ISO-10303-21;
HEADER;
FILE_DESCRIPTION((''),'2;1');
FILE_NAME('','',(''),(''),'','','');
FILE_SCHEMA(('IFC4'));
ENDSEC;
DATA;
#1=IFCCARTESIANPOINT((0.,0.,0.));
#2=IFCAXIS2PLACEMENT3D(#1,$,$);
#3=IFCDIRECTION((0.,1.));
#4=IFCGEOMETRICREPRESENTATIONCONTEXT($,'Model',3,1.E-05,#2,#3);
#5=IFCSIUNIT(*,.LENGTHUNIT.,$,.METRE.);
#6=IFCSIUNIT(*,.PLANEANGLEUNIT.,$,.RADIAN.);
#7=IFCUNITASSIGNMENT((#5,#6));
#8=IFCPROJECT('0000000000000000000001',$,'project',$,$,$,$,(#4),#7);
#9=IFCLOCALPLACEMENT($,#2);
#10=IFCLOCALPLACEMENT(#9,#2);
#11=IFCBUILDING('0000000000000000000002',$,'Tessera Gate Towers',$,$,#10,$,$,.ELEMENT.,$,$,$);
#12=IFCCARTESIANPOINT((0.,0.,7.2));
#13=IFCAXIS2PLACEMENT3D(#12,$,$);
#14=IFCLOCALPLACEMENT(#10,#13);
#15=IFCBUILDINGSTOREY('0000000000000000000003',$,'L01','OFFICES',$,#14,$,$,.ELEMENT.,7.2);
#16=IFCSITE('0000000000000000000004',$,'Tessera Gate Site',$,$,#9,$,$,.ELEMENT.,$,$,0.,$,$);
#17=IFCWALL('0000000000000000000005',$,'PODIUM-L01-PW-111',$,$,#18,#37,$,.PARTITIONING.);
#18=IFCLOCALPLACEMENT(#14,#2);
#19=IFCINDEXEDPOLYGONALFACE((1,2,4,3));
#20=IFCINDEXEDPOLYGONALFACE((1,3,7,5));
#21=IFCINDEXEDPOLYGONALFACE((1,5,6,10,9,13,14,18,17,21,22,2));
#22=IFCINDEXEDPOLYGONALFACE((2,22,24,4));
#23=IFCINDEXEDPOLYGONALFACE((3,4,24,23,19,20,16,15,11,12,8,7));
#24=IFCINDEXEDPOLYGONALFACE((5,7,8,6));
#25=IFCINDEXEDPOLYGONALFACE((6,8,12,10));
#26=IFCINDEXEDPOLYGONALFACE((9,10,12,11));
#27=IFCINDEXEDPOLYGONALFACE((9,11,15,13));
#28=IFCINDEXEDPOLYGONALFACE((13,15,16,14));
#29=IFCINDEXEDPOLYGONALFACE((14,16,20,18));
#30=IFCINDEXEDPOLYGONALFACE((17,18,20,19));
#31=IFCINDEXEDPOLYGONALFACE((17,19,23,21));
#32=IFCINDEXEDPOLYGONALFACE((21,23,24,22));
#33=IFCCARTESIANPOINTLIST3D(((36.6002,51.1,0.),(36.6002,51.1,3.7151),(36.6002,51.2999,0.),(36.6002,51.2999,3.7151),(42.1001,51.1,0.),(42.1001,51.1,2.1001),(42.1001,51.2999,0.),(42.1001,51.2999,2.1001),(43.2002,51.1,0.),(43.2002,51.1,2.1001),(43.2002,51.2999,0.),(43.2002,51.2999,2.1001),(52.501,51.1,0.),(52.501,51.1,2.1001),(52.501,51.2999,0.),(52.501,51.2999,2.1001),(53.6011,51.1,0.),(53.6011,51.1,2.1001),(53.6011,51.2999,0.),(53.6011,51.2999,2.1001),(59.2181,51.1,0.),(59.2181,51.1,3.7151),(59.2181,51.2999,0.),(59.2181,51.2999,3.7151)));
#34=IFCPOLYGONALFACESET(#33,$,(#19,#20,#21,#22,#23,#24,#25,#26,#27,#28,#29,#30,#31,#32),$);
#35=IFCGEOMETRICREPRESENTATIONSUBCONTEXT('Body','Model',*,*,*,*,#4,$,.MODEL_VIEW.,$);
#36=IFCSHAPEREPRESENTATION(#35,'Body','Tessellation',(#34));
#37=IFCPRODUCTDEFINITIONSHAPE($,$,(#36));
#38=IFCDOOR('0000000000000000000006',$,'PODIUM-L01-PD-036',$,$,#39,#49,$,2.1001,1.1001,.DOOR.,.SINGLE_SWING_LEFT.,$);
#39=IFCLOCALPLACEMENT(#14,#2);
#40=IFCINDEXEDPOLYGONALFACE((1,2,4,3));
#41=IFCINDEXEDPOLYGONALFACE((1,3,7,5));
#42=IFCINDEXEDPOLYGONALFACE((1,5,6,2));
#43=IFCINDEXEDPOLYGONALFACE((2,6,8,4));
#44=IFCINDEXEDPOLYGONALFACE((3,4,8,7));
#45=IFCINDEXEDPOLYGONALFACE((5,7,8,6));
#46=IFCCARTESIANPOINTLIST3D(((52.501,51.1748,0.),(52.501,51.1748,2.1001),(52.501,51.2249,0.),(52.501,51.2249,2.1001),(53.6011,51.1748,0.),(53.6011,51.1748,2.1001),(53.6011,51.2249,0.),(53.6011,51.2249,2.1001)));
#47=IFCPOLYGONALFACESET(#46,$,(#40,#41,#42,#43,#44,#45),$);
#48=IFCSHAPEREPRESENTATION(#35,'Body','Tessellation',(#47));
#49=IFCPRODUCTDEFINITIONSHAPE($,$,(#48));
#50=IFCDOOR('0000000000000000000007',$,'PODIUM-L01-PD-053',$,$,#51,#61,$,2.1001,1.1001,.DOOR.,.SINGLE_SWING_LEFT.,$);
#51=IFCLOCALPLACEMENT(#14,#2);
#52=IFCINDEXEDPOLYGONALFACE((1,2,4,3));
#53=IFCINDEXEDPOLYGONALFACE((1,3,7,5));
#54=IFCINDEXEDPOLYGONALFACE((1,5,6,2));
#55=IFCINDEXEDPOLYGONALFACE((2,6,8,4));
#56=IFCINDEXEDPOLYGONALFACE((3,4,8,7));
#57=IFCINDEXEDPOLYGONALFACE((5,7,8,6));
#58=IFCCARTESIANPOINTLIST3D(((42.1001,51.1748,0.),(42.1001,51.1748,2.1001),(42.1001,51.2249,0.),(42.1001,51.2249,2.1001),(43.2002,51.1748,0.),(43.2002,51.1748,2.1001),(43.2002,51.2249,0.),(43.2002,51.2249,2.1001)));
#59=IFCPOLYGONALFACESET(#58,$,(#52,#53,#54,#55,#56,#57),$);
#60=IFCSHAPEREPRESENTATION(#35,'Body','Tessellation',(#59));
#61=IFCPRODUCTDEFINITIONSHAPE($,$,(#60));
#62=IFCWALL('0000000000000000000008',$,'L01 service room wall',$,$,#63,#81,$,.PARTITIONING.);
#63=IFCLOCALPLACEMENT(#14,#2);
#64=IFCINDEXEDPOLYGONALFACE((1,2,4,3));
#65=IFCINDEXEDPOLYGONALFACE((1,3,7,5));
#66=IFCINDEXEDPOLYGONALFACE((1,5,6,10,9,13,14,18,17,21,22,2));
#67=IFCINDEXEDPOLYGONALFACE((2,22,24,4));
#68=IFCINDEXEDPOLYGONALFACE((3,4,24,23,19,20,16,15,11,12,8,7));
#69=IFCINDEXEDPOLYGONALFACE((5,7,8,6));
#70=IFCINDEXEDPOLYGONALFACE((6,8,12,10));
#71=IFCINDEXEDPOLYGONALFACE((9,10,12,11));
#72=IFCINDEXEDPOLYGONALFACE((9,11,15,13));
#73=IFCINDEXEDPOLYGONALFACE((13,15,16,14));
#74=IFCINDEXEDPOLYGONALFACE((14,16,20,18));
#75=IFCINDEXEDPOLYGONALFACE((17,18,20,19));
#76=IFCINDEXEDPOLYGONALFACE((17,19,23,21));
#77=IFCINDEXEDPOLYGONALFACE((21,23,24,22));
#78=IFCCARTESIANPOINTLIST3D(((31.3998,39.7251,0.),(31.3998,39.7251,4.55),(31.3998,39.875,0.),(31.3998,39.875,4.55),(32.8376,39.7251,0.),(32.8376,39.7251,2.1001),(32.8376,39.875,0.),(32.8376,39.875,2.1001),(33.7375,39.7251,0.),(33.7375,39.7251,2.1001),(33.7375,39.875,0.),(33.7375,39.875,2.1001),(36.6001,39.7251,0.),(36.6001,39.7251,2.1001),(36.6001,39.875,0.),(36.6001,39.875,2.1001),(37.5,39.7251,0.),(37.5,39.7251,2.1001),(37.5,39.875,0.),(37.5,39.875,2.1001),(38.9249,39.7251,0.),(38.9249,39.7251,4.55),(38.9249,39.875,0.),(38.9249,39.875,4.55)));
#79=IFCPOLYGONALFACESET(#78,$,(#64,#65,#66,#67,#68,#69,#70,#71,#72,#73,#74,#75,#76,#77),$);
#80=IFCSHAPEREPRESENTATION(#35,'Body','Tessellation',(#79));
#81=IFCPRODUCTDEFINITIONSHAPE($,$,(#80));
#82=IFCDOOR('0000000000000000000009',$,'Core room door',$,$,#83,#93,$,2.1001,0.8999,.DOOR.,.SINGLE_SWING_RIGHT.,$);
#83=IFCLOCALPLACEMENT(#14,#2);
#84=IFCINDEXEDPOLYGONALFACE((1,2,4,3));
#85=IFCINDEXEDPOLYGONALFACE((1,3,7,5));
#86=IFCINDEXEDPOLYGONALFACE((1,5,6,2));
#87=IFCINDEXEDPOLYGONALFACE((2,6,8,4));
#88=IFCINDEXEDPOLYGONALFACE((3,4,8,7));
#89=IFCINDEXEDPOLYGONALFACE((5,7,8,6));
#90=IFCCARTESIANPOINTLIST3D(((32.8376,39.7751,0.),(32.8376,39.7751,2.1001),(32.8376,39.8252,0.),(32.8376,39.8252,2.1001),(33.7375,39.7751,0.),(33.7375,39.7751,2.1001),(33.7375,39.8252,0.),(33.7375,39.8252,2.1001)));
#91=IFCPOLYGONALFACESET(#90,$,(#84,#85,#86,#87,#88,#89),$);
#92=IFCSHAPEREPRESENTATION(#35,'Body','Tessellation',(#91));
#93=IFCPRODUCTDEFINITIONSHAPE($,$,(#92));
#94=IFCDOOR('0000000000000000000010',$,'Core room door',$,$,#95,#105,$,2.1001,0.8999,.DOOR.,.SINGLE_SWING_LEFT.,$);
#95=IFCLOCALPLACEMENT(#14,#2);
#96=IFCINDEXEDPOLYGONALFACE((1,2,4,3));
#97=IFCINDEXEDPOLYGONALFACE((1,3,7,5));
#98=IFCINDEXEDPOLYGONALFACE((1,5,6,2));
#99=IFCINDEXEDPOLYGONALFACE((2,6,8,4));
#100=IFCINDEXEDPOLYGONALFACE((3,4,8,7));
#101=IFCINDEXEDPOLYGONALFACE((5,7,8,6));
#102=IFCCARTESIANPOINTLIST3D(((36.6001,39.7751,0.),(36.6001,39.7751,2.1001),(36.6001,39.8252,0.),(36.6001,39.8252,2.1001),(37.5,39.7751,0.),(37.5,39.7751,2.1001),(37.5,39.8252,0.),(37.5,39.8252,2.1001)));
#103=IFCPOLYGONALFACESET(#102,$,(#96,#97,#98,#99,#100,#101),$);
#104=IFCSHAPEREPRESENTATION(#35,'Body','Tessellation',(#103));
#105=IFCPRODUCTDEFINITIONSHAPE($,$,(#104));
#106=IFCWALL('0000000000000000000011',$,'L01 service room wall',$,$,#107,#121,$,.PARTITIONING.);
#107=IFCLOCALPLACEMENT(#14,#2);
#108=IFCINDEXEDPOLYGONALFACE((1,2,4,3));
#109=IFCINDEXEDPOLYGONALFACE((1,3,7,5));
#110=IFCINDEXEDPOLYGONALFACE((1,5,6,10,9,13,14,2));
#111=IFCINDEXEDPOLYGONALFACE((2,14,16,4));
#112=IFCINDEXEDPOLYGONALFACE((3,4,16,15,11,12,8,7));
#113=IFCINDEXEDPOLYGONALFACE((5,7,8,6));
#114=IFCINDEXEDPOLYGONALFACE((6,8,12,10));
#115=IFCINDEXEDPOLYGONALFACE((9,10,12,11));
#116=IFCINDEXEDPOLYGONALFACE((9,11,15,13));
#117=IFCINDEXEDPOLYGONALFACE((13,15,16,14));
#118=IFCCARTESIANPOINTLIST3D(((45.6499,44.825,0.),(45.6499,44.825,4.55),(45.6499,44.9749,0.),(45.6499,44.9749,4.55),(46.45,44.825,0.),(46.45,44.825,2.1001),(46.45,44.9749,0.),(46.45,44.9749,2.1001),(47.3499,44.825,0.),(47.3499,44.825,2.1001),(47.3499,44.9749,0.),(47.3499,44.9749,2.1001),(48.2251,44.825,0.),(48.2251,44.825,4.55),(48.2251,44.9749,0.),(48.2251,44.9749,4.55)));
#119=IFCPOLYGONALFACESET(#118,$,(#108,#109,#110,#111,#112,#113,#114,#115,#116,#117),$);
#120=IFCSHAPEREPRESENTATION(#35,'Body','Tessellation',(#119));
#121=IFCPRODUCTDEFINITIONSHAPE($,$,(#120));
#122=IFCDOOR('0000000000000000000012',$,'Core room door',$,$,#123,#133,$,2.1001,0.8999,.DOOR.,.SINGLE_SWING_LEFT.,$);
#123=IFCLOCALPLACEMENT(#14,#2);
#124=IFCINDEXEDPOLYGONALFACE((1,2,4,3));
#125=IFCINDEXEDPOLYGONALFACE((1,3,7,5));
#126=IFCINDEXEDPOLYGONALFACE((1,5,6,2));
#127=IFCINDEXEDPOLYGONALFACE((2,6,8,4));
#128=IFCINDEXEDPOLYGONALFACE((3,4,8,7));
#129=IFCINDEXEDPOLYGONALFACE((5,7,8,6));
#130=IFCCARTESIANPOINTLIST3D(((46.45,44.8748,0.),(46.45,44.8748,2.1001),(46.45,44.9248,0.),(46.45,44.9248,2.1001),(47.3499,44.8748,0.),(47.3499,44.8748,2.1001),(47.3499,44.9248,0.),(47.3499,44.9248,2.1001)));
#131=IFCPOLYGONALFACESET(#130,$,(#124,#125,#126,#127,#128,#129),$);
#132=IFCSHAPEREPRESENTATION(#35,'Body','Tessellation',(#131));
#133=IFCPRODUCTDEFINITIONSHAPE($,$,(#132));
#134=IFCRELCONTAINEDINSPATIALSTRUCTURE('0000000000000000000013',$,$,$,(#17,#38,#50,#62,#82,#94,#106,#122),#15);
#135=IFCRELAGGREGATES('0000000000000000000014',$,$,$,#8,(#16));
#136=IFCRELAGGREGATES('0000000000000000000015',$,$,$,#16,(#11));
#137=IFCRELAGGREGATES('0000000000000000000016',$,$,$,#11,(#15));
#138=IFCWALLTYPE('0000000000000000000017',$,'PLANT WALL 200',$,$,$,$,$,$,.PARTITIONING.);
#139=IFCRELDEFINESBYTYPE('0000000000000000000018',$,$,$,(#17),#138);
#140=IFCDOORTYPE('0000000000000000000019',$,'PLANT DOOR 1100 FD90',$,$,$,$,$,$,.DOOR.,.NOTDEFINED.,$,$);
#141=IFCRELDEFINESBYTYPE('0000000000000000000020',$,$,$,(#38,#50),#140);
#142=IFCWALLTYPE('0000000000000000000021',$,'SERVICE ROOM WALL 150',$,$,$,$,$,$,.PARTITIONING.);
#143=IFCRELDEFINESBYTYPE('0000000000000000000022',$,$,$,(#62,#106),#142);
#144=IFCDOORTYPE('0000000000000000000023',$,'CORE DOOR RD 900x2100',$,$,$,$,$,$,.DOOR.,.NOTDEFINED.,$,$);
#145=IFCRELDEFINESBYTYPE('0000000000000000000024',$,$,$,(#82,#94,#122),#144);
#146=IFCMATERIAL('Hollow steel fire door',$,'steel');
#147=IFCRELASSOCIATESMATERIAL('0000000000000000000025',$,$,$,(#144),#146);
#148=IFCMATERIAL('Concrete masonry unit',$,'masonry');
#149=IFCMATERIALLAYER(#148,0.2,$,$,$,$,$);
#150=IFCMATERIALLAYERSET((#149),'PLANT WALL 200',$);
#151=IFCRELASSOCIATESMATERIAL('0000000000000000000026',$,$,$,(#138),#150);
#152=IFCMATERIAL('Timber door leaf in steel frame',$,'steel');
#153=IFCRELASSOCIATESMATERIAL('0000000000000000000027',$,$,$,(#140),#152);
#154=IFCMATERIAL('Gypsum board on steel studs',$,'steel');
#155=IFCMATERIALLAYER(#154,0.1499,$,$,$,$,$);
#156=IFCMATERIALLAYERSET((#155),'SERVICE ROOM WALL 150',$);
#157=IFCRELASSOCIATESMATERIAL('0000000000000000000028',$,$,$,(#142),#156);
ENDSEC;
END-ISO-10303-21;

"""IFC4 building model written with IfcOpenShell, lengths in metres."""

from ifc_helpers import new_model, si_unit, direction, frame, frame_2d, origin, place, context, subcontext, project, spatial, rectangle, extrude, source, transform, mapped, material, layer, layer_set, type_object, element, fill, save


model = new_model("IFC4")

# Units and contexts
model_context = context("Model", 3, precision=1e-05, world=origin(), true_north=direction((0.0, 1.0)))
body_context = subcontext(model_context, "Body", "Model", "MODEL_VIEW")
ifc_project = project(units=[si_unit("LENGTHUNIT", "METRE"), si_unit("PLANEANGLEUNIT", "RADIAN")], contexts=[model_context])

# Site, building, storey
site_placement = place(None, origin())
site = spatial("IfcSite", under=ifc_project, at=site_placement, Name="Tessera Gate Site", CompositionType="ELEMENT", RefElevation=0.0)
building_placement = place(site_placement, origin())
building = spatial("IfcBuilding", under=site, at=building_placement, Name="Tessera Gate Towers", CompositionType="ELEMENT")
storey_placement = place(building_placement, frame((0.0, 0.0, 7.2)))
storey = spatial("IfcBuildingStorey", under=building, at=storey_placement, Name="L01", Description="OFFICES", CompositionType="ELEMENT", Elevation=7.2)

# Shared definitions
ifc_material_1 = material(Name="Hollow steel fire door", Category="steel")
door_type_1 = type_object("IfcDoorType", Name="CORE DOOR RD 900x2100", OperationType="NOTDEFINED", PredefinedType="DOOR", material=ifc_material_1)
shared_shape_1 = source(origin(), body_context, "Body", "SweptSolid", [
    extrude(rectangle(XDim=0.8999, YDim=2.1001, at=frame_2d((0.45, 1.05))), frame((0.0, 0.0249, 0.0), z_axis=(0.0, -1.0, 0.0), x_axis=(1.0, 0.0, 0.0)), (0.0, 0.0, 1.0), 0.05),
])

# Walls, openings, doors
ifc_material_2 = material(Name="Concrete masonry unit", Category="masonry")
ifc_layer_1 = layer(ifc_material_2, 0.2)
ifc_layer_set_1 = layer_set([ifc_layer_1], Name="PLANT WALL 200")
wall_type_1 = type_object("IfcWallType", Name="PLANT WALL 200", PredefinedType="PARTITIONING", material=ifc_layer_set_1)
wall_1_placement = place(storey_placement, frame((36.6001, 51.2, 0.0), z_axis=(0.0, 0.0, 1.0), x_axis=(1.0, 0.0, 0.0)))
wall_1 = element("IfcWall", 1, at=wall_1_placement, inside=storey, type_object=wall_type_1, Name="PODIUM-L01-PW-111", PredefinedType="PARTITIONING", context=body_context, shape_type="SweptSolid", body=[
    extrude(rectangle(XDim=22.6179, YDim=0.2, at=frame_2d((11.3091, 0.0))), origin(), (0.0, 0.0, 1.0), 3.7151),
])
shared_shape_2 = source(origin(), body_context, "Body", "SweptSolid", [
    extrude(rectangle(XDim=1.1001, YDim=2.1001, at=frame_2d((0.55, 1.05))), frame((0.0, 0.1099, 0.0), z_axis=(0.0, -1.0, 0.0), x_axis=(1.0, 0.0, 0.0)), (0.0, 0.0, 1.0), 0.22),
])
opening_1_placement = place(wall_1_placement, frame((15.9009, 0.0, 0.0)))
opening_1 = element("IfcOpeningElement", 2, at=opening_1_placement, cuts=wall_1, PredefinedType="OPENING", context=body_context, shape_type="MappedRepresentation", body=[
    mapped(shared_shape_2, transform((0.0, 0.0, 0.0), scale=1.0)),
])
opening_2_placement = place(wall_1_placement, frame((5.5, 0.0, 0.0)))
opening_2 = element("IfcOpeningElement", 3, at=opening_2_placement, cuts=wall_1, PredefinedType="OPENING", context=body_context, shape_type="MappedRepresentation", body=[
    mapped(shared_shape_2, transform((0.0, 0.0, 0.0), scale=1.0)),
])
ifc_material_3 = material(Name="Timber door leaf in steel frame", Category="steel")
door_type_2 = type_object("IfcDoorType", Name="PLANT DOOR 1100 FD90", OperationType="NOTDEFINED", PredefinedType="DOOR", material=ifc_material_3)
shared_shape_3 = source(origin(), body_context, "Body", "SweptSolid", [
    extrude(rectangle(XDim=1.1001, YDim=2.1001, at=frame_2d((0.55, 1.05))), frame((0.0, 0.0249, 0.0), z_axis=(0.0, -1.0, 0.0), x_axis=(1.0, 0.0, 0.0)), (0.0, 0.0, 1.0), 0.05),
])
door_1_placement = place(opening_1_placement, origin())
door_1 = element("IfcDoor", 4, at=door_1_placement, inside=storey, type_object=door_type_2, Name="PODIUM-L01-PD-036", OperationType="SINGLE_SWING_LEFT", OverallHeight=2.1001, OverallWidth=1.1001, PredefinedType="DOOR", context=body_context, shape_type="MappedRepresentation", body=[
    mapped(shared_shape_3, transform((0.0, 0.0, 0.0), scale=1.0)),
])
fill(opening_1, door_1)
door_2_placement = place(opening_2_placement, origin())
door_2 = element("IfcDoor", 5, at=door_2_placement, inside=storey, type_object=door_type_2, Name="PODIUM-L01-PD-053", OperationType="SINGLE_SWING_LEFT", OverallHeight=2.1001, OverallWidth=1.1001, PredefinedType="DOOR", context=body_context, shape_type="MappedRepresentation", body=[
    mapped(shared_shape_3, transform((0.0, 0.0, 0.0), scale=1.0)),
])
fill(opening_2, door_2)
ifc_material_4 = material(Name="Gypsum board on steel studs", Category="steel")
ifc_layer_2 = layer(ifc_material_4, 0.1499)
ifc_layer_set_2 = layer_set([ifc_layer_2], Name="SERVICE ROOM WALL 150")
wall_type_2 = type_object("IfcWallType", Name="SERVICE ROOM WALL 150", PredefinedType="PARTITIONING", material=ifc_layer_set_2)
wall_2_placement = place(storey_placement, frame((38.925, 39.8, 0.0), z_axis=(0.0, 0.0, 1.0), x_axis=(-1.0, 0.0, 0.0)))
wall_2 = element("IfcWall", 6, at=wall_2_placement, inside=storey, type_object=wall_type_2, Name="L01 service room wall", PredefinedType="PARTITIONING", context=body_context, shape_type="SweptSolid", body=[
    extrude(rectangle(XDim=7.5251, YDim=0.1499, at=frame_2d((3.7627, 0.0))), origin(), (0.0, 0.0, 1.0), 4.55),
])
shared_shape_4 = source(origin(), body_context, "Body", "SweptSolid", [
    extrude(rectangle(XDim=0.8999, YDim=2.1001, at=frame_2d((0.45, 1.05))), frame((0.0, 0.085, 0.0), z_axis=(0.0, -1.0, 0.0), x_axis=(1.0, 0.0, 0.0)), (0.0, 0.0, 1.0), 0.1699),
])
opening_3_placement = place(wall_2_placement, frame((5.1875, 0.0, 0.0)))
opening_3 = element("IfcOpeningElement", 7, at=opening_3_placement, cuts=wall_2, PredefinedType="OPENING", context=body_context, shape_type="MappedRepresentation", body=[
    mapped(shared_shape_4, transform((0.0, 0.0, 0.0), scale=1.0)),
])
opening_4_placement = place(wall_2_placement, frame((1.425, 0.0, 0.0)))
opening_4 = element("IfcOpeningElement", 8, at=opening_4_placement, cuts=wall_2, PredefinedType="OPENING", context=body_context, shape_type="MappedRepresentation", body=[
    mapped(shared_shape_4, transform((0.0, 0.0, 0.0), scale=1.0)),
])
door_3_placement = place(opening_3_placement, origin())
door_3 = element("IfcDoor", 9, at=door_3_placement, inside=storey, type_object=door_type_1, Name="Core room door", OperationType="SINGLE_SWING_RIGHT", OverallHeight=2.1001, OverallWidth=0.8999, PredefinedType="DOOR", context=body_context, shape_type="MappedRepresentation", body=[
    mapped(shared_shape_1, transform((0.0, 0.0, 0.0), scale=1.0)),
])
fill(opening_3, door_3)
door_4_placement = place(opening_4_placement, origin())
door_4 = element("IfcDoor", 10, at=door_4_placement, inside=storey, type_object=door_type_1, Name="Core room door", OperationType="SINGLE_SWING_LEFT", OverallHeight=2.1001, OverallWidth=0.8999, PredefinedType="DOOR", context=body_context, shape_type="MappedRepresentation", body=[
    mapped(shared_shape_1, transform((0.0, 0.0, 0.0), scale=1.0)),
])
fill(opening_4, door_4)

# Wall, opening, door
wall_3_placement = place(storey_placement, frame((45.6499, 44.8999, 0.0), z_axis=(0.0, 0.0, 1.0), x_axis=(1.0, 0.0, 0.0)))
wall_3 = element("IfcWall", 11, at=wall_3_placement, inside=storey, type_object=wall_type_2, Name="L01 service room wall", PredefinedType="PARTITIONING", context=body_context, shape_type="SweptSolid", body=[
    extrude(rectangle(XDim=2.5752, YDim=0.1499, at=frame_2d((1.2876, 0.0))), origin(), (0.0, 0.0, 1.0), 4.55),
])
opening_5_placement = place(wall_3_placement, frame((0.8, 0.0, 0.0)))
opening_5 = element("IfcOpeningElement", 12, at=opening_5_placement, cuts=wall_3, PredefinedType="OPENING", context=body_context, shape_type="MappedRepresentation", body=[
    mapped(shared_shape_4, transform((0.0, 0.0, 0.0), scale=1.0)),
])
door_5_placement = place(opening_5_placement, origin())
door_5 = element("IfcDoor", 13, at=door_5_placement, inside=storey, type_object=door_type_1, Name="Core room door", OperationType="SINGLE_SWING_LEFT", OverallHeight=2.1001, OverallWidth=0.8999, PredefinedType="DOOR", context=body_context, shape_type="MappedRepresentation", body=[
    mapped(shared_shape_1, transform((0.0, 0.0, 0.0), scale=1.0)),
])
fill(opening_5, door_5)

save(model, "model.ifc")
